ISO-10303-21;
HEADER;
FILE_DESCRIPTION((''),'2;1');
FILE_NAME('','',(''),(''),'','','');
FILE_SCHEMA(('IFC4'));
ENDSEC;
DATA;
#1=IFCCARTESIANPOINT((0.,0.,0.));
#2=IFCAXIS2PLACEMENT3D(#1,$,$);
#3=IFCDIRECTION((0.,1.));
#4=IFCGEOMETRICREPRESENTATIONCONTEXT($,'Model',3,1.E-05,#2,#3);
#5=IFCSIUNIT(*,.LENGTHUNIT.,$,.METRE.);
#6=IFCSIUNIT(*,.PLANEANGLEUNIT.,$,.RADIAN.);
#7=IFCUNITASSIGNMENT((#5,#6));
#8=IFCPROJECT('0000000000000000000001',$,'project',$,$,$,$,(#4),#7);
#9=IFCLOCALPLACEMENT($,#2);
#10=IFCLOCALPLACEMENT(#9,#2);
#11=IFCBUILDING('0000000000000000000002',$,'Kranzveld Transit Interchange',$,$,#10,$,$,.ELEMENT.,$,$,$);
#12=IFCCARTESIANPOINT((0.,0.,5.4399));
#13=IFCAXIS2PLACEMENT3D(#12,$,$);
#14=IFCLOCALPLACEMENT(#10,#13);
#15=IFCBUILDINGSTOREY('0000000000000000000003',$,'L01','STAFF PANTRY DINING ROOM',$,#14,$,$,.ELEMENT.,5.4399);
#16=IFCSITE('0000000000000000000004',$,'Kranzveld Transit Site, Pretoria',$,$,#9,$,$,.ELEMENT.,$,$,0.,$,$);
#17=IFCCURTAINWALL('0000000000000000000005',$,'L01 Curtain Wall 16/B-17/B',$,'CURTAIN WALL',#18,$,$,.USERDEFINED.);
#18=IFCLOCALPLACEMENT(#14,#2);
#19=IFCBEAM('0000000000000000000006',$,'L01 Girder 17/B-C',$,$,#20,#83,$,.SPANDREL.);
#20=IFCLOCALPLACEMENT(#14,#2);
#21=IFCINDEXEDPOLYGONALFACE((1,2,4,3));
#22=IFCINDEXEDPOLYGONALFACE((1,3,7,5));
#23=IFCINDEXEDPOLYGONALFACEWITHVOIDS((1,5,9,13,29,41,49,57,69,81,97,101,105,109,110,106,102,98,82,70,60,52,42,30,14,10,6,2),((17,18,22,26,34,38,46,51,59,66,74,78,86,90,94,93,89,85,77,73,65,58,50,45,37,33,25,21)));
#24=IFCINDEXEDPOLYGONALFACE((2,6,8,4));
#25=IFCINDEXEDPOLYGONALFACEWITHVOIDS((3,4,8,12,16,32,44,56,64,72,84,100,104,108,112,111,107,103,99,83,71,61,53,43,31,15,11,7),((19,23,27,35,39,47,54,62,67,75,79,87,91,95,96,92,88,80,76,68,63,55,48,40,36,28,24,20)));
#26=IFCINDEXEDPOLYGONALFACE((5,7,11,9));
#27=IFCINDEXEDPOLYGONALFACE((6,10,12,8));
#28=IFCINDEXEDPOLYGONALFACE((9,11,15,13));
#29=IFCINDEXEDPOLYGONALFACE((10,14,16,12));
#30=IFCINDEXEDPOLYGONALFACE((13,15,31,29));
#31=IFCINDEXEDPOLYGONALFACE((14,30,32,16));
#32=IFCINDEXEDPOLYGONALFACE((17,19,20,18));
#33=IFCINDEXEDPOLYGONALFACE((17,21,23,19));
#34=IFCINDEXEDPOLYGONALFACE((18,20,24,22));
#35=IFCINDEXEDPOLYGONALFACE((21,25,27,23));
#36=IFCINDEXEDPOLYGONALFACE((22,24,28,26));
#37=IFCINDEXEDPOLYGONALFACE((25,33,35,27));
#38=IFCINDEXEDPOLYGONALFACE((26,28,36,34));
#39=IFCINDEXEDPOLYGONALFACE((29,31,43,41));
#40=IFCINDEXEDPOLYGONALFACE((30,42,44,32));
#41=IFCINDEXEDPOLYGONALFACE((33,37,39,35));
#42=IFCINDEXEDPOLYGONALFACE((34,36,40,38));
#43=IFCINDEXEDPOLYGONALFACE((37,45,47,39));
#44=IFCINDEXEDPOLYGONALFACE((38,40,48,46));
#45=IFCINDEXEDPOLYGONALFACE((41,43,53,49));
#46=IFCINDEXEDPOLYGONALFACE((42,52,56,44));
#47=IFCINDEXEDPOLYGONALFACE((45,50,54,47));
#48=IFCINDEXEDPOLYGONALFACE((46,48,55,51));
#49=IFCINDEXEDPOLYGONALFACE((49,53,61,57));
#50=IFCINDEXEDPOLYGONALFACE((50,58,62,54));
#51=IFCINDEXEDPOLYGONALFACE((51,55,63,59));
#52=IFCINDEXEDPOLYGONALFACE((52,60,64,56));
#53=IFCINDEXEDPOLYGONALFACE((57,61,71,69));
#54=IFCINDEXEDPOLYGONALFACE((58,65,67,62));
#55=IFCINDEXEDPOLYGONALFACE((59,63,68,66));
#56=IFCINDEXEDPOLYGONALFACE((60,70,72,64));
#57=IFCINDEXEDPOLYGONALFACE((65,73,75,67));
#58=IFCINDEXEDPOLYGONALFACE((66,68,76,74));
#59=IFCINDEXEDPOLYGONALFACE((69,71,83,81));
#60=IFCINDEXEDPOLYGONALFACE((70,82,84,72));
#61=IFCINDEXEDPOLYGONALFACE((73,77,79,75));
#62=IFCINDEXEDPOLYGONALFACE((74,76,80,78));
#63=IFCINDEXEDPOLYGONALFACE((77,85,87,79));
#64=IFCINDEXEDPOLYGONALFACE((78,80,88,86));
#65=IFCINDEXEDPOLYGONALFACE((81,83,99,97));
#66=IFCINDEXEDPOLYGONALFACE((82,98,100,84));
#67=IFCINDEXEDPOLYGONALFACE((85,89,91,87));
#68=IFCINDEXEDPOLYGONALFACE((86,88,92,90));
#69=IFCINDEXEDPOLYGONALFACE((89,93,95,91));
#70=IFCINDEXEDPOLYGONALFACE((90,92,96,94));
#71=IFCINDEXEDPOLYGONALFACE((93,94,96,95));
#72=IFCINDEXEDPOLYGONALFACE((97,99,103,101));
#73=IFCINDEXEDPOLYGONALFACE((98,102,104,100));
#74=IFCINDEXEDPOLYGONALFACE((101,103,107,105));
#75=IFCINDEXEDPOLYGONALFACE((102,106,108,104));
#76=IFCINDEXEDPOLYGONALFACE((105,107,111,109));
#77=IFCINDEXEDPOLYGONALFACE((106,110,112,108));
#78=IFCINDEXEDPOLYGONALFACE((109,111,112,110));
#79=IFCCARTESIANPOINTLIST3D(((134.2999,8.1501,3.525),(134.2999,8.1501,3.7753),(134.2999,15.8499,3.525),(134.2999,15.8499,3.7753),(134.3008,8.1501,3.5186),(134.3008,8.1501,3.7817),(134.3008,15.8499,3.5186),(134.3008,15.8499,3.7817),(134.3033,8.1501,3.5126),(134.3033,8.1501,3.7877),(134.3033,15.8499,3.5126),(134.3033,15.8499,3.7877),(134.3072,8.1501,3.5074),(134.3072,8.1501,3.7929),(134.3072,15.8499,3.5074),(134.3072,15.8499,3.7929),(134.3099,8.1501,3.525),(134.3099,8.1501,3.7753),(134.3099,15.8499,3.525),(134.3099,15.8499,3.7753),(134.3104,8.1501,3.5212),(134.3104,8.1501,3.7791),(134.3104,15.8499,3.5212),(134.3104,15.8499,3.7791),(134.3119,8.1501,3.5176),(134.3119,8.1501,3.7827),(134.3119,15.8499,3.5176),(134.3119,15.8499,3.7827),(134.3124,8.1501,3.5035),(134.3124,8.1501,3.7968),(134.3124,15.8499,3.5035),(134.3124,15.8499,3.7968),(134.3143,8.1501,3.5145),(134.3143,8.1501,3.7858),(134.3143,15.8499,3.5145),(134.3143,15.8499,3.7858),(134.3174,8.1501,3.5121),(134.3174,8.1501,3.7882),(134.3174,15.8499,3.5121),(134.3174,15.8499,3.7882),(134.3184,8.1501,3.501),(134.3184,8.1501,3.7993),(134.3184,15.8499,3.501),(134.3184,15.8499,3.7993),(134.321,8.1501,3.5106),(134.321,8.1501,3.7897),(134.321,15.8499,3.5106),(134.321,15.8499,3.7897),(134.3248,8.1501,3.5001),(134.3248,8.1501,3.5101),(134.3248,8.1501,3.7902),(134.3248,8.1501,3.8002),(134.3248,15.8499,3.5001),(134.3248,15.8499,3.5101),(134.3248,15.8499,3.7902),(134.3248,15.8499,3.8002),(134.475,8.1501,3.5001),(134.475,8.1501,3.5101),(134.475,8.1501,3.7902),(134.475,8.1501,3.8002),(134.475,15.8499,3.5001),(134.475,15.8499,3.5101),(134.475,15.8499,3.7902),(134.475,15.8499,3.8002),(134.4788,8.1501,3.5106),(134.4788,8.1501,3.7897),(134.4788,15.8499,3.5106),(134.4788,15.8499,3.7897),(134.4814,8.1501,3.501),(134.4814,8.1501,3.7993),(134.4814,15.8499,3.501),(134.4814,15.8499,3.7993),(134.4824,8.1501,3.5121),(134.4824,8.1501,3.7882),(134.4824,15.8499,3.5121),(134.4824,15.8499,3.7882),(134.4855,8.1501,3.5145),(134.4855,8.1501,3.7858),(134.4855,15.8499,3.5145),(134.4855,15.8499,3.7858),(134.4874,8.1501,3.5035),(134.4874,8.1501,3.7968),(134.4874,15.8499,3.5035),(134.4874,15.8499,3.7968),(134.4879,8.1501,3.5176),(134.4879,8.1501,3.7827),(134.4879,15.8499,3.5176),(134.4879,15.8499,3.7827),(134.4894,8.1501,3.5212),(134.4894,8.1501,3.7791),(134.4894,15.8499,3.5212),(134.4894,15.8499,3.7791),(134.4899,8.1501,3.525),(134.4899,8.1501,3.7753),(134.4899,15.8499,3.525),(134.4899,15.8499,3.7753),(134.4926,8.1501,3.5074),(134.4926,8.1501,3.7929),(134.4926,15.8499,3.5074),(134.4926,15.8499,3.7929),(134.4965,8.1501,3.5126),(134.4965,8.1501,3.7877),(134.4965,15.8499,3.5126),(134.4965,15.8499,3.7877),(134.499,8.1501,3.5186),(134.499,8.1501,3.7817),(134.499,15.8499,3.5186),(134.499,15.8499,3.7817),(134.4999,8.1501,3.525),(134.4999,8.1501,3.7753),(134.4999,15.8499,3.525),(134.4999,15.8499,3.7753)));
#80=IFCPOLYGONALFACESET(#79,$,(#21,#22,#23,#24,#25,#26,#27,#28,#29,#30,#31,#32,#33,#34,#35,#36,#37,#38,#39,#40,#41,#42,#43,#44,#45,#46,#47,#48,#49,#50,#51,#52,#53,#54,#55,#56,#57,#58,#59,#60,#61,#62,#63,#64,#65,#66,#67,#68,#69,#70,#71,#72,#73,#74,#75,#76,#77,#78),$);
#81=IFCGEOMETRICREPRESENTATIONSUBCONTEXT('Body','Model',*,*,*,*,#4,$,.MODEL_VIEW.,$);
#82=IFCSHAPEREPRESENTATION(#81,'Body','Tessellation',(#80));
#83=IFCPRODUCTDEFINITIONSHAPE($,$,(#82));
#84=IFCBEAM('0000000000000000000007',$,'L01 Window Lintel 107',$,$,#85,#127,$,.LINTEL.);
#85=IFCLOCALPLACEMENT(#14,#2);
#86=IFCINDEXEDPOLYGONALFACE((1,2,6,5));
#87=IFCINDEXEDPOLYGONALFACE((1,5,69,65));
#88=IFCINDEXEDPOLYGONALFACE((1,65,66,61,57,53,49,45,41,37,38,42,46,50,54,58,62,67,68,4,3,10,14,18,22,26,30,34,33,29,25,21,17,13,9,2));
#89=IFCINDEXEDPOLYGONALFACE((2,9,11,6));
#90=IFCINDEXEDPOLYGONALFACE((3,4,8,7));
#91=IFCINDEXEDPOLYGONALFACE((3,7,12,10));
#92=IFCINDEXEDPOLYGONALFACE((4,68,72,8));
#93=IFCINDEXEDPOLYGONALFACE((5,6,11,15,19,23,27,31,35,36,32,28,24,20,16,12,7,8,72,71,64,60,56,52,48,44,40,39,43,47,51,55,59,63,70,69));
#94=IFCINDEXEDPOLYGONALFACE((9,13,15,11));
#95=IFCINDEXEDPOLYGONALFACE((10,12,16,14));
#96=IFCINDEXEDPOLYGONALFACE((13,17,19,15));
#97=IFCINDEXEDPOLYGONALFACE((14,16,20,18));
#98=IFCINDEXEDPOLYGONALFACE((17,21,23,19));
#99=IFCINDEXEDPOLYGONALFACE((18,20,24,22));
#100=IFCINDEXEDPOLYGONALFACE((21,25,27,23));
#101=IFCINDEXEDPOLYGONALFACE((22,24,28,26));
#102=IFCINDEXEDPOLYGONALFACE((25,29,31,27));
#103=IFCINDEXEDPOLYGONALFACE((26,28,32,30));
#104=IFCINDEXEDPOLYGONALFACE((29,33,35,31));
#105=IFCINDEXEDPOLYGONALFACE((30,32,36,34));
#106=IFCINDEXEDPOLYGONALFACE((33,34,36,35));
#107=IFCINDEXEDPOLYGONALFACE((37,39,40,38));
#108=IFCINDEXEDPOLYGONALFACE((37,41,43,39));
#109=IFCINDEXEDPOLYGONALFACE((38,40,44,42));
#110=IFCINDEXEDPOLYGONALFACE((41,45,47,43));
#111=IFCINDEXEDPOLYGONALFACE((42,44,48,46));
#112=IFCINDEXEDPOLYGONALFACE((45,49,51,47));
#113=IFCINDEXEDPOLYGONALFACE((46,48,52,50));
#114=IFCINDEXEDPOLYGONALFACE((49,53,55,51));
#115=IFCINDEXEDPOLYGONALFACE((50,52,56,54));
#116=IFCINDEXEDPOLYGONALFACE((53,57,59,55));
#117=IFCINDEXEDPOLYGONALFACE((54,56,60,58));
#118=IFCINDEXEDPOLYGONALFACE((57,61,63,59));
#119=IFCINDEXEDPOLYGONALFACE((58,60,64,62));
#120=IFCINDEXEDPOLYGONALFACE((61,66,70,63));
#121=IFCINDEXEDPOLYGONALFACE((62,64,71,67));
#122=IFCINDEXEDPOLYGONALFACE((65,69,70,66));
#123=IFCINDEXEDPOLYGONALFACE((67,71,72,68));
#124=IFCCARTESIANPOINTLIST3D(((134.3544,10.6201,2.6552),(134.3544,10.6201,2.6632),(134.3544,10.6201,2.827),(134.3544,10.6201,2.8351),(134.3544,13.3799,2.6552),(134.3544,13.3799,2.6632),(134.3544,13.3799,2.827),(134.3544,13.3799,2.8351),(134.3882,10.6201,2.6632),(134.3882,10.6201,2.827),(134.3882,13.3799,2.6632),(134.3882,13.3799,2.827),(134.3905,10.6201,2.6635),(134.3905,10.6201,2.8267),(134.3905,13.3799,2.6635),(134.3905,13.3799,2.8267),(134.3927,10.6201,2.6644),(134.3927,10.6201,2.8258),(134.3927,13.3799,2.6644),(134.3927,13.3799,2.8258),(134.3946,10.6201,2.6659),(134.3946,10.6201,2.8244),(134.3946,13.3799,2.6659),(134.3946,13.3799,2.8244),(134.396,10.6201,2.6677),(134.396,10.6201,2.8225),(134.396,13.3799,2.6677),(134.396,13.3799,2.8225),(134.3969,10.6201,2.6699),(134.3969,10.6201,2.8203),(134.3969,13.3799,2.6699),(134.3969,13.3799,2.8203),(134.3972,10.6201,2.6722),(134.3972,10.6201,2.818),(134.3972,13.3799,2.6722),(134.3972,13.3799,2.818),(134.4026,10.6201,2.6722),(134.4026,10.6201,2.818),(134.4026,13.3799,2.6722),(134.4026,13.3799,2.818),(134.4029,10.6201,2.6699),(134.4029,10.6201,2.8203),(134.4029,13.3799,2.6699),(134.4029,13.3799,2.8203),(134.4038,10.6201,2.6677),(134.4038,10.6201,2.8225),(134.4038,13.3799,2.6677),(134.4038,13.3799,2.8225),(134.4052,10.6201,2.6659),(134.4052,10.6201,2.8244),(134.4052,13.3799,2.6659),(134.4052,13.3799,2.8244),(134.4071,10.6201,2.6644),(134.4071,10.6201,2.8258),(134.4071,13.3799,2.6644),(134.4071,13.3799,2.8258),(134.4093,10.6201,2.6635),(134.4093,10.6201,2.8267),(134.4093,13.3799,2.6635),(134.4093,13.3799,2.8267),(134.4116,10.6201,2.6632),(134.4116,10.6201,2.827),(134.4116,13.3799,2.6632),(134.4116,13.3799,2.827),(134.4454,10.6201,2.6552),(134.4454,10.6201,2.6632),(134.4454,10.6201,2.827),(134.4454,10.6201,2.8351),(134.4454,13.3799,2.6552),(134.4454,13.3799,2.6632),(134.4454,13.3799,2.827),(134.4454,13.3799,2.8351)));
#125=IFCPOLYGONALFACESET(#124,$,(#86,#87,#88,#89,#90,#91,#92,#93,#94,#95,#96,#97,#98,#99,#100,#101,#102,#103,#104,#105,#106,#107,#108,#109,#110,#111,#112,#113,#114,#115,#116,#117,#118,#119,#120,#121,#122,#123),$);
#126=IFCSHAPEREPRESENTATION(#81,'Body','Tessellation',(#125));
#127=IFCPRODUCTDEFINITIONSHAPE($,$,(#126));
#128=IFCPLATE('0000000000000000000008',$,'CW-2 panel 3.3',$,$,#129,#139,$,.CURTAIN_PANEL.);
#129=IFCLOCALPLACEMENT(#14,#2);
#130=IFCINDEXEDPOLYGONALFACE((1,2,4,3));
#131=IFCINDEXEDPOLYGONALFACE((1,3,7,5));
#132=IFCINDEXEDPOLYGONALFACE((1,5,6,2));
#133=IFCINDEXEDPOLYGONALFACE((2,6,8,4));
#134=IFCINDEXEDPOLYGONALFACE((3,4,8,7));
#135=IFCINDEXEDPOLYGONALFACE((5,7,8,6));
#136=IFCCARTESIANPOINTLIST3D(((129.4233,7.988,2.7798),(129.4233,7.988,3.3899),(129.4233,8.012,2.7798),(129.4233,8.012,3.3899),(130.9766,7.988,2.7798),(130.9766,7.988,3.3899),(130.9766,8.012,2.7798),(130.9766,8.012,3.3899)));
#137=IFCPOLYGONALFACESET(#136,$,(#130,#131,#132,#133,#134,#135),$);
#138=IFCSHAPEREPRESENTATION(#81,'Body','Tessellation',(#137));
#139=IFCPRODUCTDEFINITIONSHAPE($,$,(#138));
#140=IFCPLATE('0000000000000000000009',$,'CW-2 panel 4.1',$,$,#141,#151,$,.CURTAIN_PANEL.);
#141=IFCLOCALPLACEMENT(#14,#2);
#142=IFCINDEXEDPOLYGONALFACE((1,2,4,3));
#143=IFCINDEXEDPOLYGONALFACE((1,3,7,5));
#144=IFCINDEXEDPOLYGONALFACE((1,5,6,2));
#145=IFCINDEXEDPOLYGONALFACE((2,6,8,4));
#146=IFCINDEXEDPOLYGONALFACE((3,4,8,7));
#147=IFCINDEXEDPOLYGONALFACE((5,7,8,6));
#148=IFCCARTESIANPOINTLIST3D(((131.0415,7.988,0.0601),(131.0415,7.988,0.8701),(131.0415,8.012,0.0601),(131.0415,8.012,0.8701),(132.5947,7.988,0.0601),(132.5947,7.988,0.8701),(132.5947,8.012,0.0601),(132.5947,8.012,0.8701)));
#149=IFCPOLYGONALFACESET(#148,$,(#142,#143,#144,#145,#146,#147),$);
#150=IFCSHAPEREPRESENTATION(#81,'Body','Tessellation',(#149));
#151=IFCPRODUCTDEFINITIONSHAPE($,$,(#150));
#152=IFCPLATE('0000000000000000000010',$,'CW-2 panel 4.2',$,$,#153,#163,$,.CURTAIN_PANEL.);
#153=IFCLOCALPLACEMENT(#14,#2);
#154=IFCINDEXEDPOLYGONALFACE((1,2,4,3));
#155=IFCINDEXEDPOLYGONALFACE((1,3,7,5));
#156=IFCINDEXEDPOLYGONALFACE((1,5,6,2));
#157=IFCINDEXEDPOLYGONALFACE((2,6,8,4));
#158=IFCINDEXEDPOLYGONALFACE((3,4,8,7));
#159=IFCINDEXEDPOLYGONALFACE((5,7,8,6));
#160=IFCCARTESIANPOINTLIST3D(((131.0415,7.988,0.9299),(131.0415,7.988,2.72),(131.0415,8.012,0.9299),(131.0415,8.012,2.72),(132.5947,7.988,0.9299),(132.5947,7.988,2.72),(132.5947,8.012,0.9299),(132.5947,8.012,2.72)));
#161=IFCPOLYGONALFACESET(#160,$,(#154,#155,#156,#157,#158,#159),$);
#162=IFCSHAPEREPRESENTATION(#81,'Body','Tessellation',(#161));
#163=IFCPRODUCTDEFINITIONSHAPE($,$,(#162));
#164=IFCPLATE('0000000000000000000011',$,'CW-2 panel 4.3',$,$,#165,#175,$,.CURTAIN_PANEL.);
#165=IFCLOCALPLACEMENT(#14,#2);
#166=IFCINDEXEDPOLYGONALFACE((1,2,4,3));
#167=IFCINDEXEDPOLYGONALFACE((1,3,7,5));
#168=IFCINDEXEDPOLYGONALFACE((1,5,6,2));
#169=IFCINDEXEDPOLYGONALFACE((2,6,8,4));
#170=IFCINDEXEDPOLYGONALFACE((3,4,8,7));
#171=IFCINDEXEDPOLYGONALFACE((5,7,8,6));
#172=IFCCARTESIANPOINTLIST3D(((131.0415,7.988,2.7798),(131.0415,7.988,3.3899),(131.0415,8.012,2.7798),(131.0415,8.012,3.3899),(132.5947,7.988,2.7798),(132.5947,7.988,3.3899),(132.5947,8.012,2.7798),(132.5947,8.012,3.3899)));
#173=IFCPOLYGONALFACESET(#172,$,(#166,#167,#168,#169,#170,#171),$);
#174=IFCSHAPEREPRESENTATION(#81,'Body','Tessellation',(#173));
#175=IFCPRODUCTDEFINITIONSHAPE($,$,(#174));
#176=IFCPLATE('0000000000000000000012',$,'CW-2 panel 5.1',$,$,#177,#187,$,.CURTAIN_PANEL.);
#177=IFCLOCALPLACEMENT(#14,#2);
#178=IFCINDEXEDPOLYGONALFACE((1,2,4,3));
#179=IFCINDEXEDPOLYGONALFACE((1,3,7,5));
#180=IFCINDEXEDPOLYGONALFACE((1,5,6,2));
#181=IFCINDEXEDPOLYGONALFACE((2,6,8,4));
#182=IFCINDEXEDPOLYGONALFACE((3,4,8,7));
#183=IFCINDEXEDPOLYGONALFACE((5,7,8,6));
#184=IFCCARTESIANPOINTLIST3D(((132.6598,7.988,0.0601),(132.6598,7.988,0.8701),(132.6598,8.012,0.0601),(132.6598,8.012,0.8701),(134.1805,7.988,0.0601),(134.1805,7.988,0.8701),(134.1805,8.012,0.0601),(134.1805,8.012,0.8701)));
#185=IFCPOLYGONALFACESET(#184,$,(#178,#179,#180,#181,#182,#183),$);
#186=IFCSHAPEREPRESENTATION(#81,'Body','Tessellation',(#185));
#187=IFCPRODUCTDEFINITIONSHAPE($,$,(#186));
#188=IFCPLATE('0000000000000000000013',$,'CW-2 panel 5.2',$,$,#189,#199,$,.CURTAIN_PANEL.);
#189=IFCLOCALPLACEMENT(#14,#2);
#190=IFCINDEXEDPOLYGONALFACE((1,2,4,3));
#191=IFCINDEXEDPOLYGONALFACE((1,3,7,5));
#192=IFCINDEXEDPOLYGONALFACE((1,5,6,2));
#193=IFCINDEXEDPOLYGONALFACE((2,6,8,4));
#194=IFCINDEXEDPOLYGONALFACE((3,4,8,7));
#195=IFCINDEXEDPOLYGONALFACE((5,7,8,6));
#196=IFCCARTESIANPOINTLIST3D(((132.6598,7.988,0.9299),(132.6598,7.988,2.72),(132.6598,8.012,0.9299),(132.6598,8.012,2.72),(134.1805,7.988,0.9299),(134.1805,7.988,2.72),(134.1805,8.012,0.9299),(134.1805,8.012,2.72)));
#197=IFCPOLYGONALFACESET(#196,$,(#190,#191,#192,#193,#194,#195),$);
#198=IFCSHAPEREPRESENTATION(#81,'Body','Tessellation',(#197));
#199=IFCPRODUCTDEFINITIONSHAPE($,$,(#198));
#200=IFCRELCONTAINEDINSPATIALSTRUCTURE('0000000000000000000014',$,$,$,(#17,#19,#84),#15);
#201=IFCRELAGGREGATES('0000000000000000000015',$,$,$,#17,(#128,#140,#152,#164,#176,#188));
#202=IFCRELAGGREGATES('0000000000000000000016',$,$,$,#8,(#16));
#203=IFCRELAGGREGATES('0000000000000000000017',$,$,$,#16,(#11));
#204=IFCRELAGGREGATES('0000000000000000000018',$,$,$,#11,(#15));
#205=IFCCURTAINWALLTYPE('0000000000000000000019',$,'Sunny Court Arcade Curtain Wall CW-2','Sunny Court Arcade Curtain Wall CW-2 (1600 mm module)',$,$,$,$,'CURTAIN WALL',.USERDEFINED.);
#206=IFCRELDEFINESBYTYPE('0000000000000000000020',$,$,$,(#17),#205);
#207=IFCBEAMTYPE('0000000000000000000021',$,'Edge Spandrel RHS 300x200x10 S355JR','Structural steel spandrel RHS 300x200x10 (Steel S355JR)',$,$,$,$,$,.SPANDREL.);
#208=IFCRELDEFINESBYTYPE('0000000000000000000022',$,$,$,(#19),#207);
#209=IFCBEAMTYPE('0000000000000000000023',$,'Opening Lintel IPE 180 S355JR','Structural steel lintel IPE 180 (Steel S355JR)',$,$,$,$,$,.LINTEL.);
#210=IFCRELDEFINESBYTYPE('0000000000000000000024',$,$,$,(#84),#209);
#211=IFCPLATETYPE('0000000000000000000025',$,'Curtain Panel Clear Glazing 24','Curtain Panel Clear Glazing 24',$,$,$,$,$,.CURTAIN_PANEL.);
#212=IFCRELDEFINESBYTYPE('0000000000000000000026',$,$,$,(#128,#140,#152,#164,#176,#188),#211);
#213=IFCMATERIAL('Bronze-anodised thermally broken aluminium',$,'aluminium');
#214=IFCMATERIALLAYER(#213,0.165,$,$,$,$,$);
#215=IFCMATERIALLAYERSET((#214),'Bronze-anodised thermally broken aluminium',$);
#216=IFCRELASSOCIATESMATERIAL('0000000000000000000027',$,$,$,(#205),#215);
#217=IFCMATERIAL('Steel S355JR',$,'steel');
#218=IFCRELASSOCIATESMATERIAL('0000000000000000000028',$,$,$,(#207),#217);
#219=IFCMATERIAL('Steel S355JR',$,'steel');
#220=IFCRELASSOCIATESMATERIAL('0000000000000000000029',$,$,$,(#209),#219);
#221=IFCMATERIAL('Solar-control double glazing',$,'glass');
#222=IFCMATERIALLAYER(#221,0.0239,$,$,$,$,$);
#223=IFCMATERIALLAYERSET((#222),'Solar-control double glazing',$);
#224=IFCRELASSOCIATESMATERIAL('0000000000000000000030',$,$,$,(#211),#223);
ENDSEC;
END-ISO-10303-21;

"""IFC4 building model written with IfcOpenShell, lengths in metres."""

from ifc_helpers import new_model, si_unit, direction, frame, origin, origin_2d, place, context, subcontext, project, spatial, rectangle, hollow_rectangle, i_section, extrude, material, layer, layer_set, material_profile, profile_set, type_object, element, aggregate, save


model = new_model("IFC4")

# Units and contexts
model_context = context("Model", 3, precision=1e-05, world=origin(), true_north=direction((0.0, 1.0)))
body_context = subcontext(model_context, "Body", "Model", "MODEL_VIEW")
ifc_project = project(units=[si_unit("LENGTHUNIT", "METRE"), si_unit("PLANEANGLEUNIT", "RADIAN")], contexts=[model_context])

# Site, building, storey
site_placement = place(None, origin())
site = spatial("IfcSite", under=ifc_project, at=site_placement, Name="Kranzveld Transit Site, Pretoria", CompositionType="ELEMENT", RefElevation=0.0)
building_placement = place(site_placement, origin())
building = spatial("IfcBuilding", under=site, at=building_placement, Name="Kranzveld Transit Interchange", CompositionType="ELEMENT")
storey_placement = place(building_placement, frame((0.0, 0.0, 5.4399)))
storey = spatial("IfcBuildingStorey", under=building, at=storey_placement, Name="L01", Description="STAFF PANTRY DINING ROOM", CompositionType="ELEMENT", Elevation=5.4399)

# Curtain wall
ifc_material_1 = material(Name="Bronze-anodised thermally broken aluminium", Category="aluminium")
ifc_layer_1 = layer(ifc_material_1, 0.165)
ifc_layer_set_1 = layer_set([ifc_layer_1], Name="Bronze-anodised thermally broken aluminium")
curtain_wall_type = type_object("IfcCurtainWallType", Name="Sunny Court Arcade Curtain Wall CW-2", Description="Sunny Court Arcade Curtain Wall CW-2 (1600 mm module)", ElementType="CURTAIN WALL", PredefinedType="USERDEFINED", material=ifc_layer_set_1)
curtain_wall_placement = place(storey_placement, origin())
curtain_wall = element("IfcCurtainWall", 1, at=curtain_wall_placement, inside=storey, type_object=curtain_wall_type, Name="L01 Curtain Wall 16/B-17/B", ObjectType="CURTAIN WALL", PredefinedType="USERDEFINED")

# Beams
ifc_material_2 = material(Name="Steel S355JR", Category="steel")
ifc_material_profile_1 = material_profile(ifc_material_2, hollow_rectangle(XDim=0.2, YDim=0.3, WallThickness=0.01, InnerFilletRadius=0.0149, OuterFilletRadius=0.0249, at=origin_2d()), Name="RHS 300x200x10")
ifc_profile_set_1 = profile_set([ifc_material_profile_1], Name="Steel S355JR")
beam_type_1 = type_object("IfcBeamType", Name="Edge Spandrel RHS 300x200x10 S355JR", Description="Structural steel spandrel RHS 300x200x10 (Steel S355JR)", PredefinedType="SPANDREL", material=ifc_profile_set_1)
beam_1_placement = place(storey_placement, frame((134.3999, 8.1501, 3.6501), z_axis=(0.0, 1.0, 0.0), x_axis=(-1.0, 0.0, 0.0)))
element("IfcBeam", 2, at=beam_1_placement, inside=storey, type_object=beam_type_1, Name="L01 Girder 17/B-C", PredefinedType="SPANDREL", context=body_context, shape_type="SweptSolid", body=[
    extrude(hollow_rectangle(XDim=0.2, YDim=0.3, WallThickness=0.01, InnerFilletRadius=0.0149, OuterFilletRadius=0.0249, at=origin_2d()), origin(), (0.0, 0.0, 1.0), 7.6997),
])
ifc_material_3 = material(Name="Steel S355JR", Category="steel")
ifc_material_profile_2 = material_profile(ifc_material_3, i_section(OverallWidth=0.0911, OverallDepth=0.1799, WebThickness=0.0054, FlangeThickness=0.0081, FilletRadius=0.009, at=origin_2d()), Name="IPE 180")
ifc_profile_set_2 = profile_set([ifc_material_profile_2], Name="Steel S355JR")
beam_type_2 = type_object("IfcBeamType", Name="Opening Lintel IPE 180 S355JR", Description="Structural steel lintel IPE 180 (Steel S355JR)", PredefinedType="LINTEL", material=ifc_profile_set_2)
beam_2_placement = place(storey_placement, frame((134.3999, 10.6201, 2.7451), z_axis=(0.0, 1.0, 0.0), x_axis=(-1.0, 0.0, 0.0)))
element("IfcBeam", 3, at=beam_2_placement, inside=storey, type_object=beam_type_2, Name="L01 Window Lintel 107", PredefinedType="LINTEL", context=body_context, shape_type="SweptSolid", body=[
    extrude(i_section(OverallWidth=0.0911, OverallDepth=0.1799, WebThickness=0.0054, FlangeThickness=0.0081, FilletRadius=0.009, at=origin_2d()), origin(), (0.0, 0.0, 1.0), 2.7598),
])

# Plates
ifc_material_4 = material(Name="Solar-control double glazing", Category="glass")
ifc_layer_2 = layer(ifc_material_4, 0.0239)
ifc_layer_set_2 = layer_set([ifc_layer_2], Name="Solar-control double glazing")
plate_type = type_object("IfcPlateType", Name="Curtain Panel Clear Glazing 24", Description="Curtain Panel Clear Glazing 24", PredefinedType="CURTAIN_PANEL", material=ifc_layer_set_2)
plate_1_placement = place(storey_placement, frame((130.2, 8.0, 2.7798), z_axis=(0.0, 0.0, 1.0), x_axis=(1.0, 0.0, 0.0)))
plate_1 = element("IfcPlate", 4, at=plate_1_placement, type_object=plate_type, Name="CW-2 panel 3.3", PredefinedType="CURTAIN_PANEL", context=body_context, shape_type="SweptSolid", body=[
    extrude(rectangle(XDim=1.5532, YDim=0.0239, at=origin_2d()), origin(), (0.0, 0.0, 1.0), 0.6101),
])
plate_2_placement = place(storey_placement, frame((131.8181, 8.0, 0.0601), z_axis=(0.0, 0.0, 1.0), x_axis=(1.0, 0.0, 0.0)))
plate_2 = element("IfcPlate", 5, at=plate_2_placement, type_object=plate_type, Name="CW-2 panel 4.1", PredefinedType="CURTAIN_PANEL", context=body_context, shape_type="SweptSolid", body=[
    extrude(rectangle(XDim=1.5532, YDim=0.0239, at=origin_2d()), origin(), (0.0, 0.0, 1.0), 0.8101),
])
plate_3_placement = place(storey_placement, frame((131.8181, 8.0, 0.9299), z_axis=(0.0, 0.0, 1.0), x_axis=(1.0, 0.0, 0.0)))
plate_3 = element("IfcPlate", 6, at=plate_3_placement, type_object=plate_type, Name="CW-2 panel 4.2", PredefinedType="CURTAIN_PANEL", context=body_context, shape_type="SweptSolid", body=[
    extrude(rectangle(XDim=1.5532, YDim=0.0239, at=origin_2d()), origin(), (0.0, 0.0, 1.0), 1.79),
])
plate_4_placement = place(storey_placement, frame((131.8181, 8.0, 2.7798), z_axis=(0.0, 0.0, 1.0), x_axis=(1.0, 0.0, 0.0)))
plate_4 = element("IfcPlate", 7, at=plate_4_placement, type_object=plate_type, Name="CW-2 panel 4.3", PredefinedType="CURTAIN_PANEL", context=body_context, shape_type="SweptSolid", body=[
    extrude(rectangle(XDim=1.5532, YDim=0.0239, at=origin_2d()), origin(), (0.0, 0.0, 1.0), 0.6101),
])
plate_5_placement = place(storey_placement, frame((133.4202, 8.0, 0.0601), z_axis=(0.0, 0.0, 1.0), x_axis=(1.0, 0.0, 0.0)))
plate_5 = element("IfcPlate", 8, at=plate_5_placement, type_object=plate_type, Name="CW-2 panel 5.1", PredefinedType="CURTAIN_PANEL", context=body_context, shape_type="SweptSolid", body=[
    extrude(rectangle(XDim=1.5208, YDim=0.0239, at=origin_2d()), origin(), (0.0, 0.0, 1.0), 0.8101),
])
plate_6_placement = place(storey_placement, frame((133.4202, 8.0, 0.9299), z_axis=(0.0, 0.0, 1.0), x_axis=(1.0, 0.0, 0.0)))
plate_6 = element("IfcPlate", 9, at=plate_6_placement, type_object=plate_type, Name="CW-2 panel 5.2", PredefinedType="CURTAIN_PANEL", context=body_context, shape_type="SweptSolid", body=[
    extrude(rectangle(XDim=1.5208, YDim=0.0239, at=origin_2d()), origin(), (0.0, 0.0, 1.0), 1.79),
])
aggregate(curtain_wall, [plate_1, plate_2, plate_3, plate_4, plate_5, plate_6])

save(model, "model.ifc")
